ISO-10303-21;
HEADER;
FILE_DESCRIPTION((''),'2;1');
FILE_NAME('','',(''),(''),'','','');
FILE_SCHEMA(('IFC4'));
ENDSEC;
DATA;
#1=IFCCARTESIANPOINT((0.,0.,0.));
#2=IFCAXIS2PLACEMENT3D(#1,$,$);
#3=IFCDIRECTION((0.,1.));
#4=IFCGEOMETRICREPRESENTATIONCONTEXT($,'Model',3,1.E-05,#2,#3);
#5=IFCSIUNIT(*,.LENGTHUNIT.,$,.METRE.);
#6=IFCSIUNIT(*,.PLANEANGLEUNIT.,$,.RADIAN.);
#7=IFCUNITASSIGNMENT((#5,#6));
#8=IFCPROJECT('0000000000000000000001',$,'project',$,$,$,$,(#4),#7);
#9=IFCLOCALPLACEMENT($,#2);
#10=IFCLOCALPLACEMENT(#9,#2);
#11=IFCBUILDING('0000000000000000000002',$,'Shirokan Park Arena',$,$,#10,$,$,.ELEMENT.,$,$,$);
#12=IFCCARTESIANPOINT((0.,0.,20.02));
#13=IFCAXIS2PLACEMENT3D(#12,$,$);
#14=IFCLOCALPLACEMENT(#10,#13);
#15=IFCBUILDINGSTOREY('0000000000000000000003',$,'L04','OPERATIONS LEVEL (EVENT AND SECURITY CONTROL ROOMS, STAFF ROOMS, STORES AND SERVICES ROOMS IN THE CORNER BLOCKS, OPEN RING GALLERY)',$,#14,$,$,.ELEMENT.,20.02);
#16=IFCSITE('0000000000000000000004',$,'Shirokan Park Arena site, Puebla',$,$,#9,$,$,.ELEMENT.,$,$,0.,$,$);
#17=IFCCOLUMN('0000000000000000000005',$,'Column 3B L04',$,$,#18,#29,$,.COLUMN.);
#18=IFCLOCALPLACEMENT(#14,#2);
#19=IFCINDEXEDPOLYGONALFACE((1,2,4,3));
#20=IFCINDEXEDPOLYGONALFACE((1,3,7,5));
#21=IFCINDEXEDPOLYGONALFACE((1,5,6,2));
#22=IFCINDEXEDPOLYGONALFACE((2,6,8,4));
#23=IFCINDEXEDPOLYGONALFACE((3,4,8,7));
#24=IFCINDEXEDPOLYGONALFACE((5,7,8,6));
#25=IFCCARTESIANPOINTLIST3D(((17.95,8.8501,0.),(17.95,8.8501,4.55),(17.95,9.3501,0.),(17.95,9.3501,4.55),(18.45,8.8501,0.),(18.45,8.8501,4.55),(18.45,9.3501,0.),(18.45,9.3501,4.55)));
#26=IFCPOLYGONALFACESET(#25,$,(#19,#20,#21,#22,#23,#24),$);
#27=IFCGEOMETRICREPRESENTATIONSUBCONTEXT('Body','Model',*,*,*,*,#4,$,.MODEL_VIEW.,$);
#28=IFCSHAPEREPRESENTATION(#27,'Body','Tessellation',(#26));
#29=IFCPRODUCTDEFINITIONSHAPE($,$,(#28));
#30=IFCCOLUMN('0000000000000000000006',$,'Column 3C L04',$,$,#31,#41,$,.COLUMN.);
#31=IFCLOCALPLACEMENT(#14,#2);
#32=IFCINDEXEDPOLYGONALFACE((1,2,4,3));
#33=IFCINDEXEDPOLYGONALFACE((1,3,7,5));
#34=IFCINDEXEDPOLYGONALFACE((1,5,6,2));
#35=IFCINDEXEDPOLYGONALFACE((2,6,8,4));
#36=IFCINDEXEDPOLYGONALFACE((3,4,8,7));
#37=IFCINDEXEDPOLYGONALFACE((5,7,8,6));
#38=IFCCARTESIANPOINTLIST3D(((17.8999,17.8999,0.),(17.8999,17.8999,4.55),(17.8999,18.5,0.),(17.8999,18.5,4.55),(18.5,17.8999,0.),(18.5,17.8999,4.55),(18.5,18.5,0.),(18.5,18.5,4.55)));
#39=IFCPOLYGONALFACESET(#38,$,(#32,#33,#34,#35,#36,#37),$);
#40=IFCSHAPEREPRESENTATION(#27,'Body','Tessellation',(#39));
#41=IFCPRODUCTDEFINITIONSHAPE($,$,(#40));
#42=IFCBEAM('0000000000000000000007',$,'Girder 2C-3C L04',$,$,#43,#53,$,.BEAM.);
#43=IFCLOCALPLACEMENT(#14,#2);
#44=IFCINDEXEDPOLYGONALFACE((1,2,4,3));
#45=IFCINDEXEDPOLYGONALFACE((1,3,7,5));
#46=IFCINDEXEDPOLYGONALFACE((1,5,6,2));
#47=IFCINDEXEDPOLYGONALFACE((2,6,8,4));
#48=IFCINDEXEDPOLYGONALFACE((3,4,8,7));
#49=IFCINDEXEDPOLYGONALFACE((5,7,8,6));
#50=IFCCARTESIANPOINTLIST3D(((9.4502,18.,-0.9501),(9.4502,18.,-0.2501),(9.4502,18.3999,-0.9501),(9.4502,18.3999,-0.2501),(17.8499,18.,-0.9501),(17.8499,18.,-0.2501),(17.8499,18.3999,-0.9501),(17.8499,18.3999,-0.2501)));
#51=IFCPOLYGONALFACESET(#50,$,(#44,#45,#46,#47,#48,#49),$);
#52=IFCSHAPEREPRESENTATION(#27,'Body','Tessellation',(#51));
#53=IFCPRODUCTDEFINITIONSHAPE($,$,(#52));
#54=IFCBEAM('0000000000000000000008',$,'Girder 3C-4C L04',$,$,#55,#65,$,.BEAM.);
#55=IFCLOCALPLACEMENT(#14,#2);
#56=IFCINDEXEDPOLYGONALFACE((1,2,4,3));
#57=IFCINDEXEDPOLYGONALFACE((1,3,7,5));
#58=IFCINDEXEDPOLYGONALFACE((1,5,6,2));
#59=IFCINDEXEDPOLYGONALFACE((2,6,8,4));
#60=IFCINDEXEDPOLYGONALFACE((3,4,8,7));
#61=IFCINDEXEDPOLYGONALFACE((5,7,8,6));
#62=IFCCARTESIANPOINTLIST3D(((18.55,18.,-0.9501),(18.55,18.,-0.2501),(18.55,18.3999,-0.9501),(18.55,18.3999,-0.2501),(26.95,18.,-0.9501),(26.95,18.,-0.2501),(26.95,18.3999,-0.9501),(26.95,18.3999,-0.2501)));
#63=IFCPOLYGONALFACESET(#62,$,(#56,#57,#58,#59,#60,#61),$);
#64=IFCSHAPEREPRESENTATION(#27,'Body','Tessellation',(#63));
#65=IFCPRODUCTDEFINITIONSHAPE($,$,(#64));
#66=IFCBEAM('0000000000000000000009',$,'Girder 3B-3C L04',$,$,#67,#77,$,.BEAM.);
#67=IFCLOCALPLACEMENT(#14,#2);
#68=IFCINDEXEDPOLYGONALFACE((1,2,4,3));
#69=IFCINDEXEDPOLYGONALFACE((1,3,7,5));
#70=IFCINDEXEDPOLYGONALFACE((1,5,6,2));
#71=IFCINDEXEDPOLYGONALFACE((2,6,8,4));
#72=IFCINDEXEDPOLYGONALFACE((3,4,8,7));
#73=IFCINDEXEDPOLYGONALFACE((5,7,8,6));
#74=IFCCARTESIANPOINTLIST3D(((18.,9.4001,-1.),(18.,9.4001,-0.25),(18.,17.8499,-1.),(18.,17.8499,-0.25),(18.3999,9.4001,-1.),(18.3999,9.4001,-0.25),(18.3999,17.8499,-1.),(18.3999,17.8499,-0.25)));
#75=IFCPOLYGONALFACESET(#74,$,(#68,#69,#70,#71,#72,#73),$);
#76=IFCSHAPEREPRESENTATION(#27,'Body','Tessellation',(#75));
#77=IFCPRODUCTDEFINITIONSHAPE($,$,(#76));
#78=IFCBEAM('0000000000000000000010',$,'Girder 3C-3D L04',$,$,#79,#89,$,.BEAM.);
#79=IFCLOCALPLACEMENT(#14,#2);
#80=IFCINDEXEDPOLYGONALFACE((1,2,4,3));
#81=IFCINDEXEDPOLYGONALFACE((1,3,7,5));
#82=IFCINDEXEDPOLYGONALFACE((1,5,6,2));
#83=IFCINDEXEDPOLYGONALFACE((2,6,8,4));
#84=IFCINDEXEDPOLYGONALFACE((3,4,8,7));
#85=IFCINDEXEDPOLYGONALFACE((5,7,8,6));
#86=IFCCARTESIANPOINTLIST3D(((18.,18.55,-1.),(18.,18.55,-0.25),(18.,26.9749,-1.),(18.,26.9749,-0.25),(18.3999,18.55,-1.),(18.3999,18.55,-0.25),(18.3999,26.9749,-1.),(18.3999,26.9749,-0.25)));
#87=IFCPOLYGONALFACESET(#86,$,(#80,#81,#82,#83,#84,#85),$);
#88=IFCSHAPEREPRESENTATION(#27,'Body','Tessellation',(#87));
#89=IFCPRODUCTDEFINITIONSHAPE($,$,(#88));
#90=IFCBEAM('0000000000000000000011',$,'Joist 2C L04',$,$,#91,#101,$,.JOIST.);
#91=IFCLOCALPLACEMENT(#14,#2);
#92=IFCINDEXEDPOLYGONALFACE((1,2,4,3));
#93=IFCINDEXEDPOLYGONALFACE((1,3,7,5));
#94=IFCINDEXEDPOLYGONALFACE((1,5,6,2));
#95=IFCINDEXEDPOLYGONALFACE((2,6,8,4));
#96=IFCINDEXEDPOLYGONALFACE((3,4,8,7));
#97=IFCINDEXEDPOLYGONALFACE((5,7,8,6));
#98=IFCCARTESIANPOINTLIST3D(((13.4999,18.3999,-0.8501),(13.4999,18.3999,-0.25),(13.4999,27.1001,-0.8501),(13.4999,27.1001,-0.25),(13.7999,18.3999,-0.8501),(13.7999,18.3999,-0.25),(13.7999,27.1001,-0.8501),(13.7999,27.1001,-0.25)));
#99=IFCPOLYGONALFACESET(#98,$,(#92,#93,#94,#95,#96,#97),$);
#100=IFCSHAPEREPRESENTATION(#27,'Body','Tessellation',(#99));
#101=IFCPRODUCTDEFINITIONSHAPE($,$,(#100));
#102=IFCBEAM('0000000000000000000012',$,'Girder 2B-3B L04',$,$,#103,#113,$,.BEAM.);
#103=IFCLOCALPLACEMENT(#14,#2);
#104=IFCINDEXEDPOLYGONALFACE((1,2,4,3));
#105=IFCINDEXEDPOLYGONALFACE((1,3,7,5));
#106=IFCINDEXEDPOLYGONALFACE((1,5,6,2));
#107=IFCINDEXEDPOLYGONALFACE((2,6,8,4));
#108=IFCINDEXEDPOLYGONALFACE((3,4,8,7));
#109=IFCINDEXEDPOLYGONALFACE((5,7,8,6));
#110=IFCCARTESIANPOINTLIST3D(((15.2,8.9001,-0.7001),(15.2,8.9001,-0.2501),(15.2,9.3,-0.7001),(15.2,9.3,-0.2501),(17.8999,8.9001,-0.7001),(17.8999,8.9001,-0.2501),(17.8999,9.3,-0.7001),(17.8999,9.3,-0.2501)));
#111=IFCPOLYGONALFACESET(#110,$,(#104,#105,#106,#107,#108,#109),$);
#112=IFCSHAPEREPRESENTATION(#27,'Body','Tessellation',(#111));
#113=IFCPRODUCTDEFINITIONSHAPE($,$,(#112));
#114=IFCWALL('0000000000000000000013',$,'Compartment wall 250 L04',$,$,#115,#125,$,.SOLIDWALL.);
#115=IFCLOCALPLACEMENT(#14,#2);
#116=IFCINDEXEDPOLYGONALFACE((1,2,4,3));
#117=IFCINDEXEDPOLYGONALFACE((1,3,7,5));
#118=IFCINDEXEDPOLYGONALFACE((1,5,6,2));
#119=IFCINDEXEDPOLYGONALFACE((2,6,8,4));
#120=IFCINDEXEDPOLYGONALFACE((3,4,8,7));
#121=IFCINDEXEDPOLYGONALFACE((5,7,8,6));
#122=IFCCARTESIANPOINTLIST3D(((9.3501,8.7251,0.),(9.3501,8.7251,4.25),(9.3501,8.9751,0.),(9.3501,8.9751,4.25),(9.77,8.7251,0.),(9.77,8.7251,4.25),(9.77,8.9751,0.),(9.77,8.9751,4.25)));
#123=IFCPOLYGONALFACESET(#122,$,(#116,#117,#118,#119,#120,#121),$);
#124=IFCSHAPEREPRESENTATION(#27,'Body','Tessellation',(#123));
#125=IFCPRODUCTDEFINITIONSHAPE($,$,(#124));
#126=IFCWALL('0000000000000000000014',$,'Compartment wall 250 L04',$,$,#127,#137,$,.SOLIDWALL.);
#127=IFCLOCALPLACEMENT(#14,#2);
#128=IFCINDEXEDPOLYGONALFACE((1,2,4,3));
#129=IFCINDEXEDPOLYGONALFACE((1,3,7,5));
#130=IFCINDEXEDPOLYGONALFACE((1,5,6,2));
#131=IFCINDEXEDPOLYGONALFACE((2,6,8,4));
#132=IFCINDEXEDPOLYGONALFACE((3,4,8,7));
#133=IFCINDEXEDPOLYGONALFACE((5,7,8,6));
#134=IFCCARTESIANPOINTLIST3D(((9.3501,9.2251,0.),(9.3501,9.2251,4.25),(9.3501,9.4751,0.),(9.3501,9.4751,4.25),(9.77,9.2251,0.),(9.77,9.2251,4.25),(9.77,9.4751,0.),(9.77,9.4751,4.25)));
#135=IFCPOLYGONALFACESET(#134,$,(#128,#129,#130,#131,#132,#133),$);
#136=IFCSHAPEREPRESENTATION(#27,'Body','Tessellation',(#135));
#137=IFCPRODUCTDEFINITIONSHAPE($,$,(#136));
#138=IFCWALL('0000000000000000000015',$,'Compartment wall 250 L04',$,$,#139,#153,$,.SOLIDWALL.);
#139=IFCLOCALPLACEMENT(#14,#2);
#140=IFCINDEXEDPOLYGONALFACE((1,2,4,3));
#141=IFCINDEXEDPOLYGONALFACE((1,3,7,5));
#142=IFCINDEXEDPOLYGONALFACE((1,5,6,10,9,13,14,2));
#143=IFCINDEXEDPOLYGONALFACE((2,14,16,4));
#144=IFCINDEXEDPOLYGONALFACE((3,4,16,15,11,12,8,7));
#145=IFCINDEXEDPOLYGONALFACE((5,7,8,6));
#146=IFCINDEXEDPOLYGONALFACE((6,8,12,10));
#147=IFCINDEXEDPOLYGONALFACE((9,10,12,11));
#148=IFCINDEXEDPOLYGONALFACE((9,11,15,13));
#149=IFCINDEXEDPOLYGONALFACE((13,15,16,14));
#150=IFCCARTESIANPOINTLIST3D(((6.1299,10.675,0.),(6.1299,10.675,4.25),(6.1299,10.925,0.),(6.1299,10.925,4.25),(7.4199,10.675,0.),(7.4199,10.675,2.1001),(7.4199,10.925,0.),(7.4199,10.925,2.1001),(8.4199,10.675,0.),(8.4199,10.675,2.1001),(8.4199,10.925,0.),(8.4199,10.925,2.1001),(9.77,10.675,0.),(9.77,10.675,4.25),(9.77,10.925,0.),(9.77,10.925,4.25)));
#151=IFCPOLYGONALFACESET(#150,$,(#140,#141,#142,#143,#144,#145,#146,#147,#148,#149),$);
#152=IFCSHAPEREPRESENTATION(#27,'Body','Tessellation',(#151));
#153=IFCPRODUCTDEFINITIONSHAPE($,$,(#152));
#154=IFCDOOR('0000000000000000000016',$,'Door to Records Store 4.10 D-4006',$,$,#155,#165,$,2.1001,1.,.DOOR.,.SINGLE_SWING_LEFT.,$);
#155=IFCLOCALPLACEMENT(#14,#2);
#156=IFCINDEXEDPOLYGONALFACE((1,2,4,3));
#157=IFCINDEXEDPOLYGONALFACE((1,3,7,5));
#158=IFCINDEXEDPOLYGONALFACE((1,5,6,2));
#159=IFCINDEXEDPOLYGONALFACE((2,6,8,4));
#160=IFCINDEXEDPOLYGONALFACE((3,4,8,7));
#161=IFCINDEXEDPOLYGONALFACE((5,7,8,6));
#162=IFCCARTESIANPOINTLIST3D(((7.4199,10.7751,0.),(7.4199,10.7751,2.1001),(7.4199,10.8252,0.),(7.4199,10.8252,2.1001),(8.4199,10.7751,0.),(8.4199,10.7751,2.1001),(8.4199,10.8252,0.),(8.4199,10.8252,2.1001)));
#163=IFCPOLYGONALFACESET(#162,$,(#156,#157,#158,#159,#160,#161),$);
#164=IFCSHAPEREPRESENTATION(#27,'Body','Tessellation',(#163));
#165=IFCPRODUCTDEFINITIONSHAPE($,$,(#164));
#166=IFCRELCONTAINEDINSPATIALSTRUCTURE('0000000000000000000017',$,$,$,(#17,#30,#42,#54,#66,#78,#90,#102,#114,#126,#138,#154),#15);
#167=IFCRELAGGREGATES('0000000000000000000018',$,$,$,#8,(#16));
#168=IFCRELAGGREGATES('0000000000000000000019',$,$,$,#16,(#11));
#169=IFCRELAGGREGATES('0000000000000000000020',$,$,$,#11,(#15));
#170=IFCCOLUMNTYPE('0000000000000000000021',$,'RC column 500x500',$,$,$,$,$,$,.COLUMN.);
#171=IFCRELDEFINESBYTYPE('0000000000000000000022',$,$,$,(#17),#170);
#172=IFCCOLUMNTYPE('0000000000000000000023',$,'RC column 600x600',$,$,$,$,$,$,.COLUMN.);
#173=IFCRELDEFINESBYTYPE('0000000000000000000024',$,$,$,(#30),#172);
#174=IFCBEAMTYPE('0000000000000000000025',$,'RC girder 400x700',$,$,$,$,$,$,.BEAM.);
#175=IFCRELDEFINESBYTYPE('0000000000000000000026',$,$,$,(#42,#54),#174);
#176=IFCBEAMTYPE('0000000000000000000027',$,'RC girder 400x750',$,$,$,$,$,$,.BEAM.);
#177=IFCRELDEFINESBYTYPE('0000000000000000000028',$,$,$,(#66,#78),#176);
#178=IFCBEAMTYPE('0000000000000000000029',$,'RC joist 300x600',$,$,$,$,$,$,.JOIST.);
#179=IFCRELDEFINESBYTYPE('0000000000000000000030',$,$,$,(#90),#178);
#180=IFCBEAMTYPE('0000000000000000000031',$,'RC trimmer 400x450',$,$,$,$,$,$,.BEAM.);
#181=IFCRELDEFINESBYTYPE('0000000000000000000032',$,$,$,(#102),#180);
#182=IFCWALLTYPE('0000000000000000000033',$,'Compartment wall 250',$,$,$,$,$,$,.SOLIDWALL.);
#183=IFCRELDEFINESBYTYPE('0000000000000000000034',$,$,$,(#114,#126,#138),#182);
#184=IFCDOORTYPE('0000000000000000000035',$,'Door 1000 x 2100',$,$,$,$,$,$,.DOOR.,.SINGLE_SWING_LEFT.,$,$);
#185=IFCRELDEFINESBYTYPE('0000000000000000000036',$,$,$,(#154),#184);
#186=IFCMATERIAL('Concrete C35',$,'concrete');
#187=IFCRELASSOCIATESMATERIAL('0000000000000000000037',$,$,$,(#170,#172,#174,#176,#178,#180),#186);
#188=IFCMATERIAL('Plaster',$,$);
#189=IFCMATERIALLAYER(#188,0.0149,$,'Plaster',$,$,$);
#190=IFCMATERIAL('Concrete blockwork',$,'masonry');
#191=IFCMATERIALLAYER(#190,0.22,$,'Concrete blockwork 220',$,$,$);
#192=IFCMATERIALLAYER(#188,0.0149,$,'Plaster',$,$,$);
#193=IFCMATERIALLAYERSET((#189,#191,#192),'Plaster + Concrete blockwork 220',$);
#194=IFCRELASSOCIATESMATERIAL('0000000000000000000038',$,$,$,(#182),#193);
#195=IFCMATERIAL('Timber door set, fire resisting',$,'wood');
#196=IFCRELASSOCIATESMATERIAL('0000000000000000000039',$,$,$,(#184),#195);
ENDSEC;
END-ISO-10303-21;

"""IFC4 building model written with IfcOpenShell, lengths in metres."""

from ifc_helpers import new_model, si_unit, direction, frame, frame_2d, origin, origin_2d, place, context, subcontext, project, spatial, rectangle, extrude, material, layer, layer_set, material_profile, profile_set, type_object, element, fill, save


model = new_model("IFC4")

# Units and contexts
model_context = context("Model", 3, precision=1e-05, world=origin(), true_north=direction((0.0, 1.0)))
body_context = subcontext(model_context, "Body", "Model", "MODEL_VIEW")
ifc_project = project(units=[si_unit("LENGTHUNIT", "METRE"), si_unit("PLANEANGLEUNIT", "RADIAN")], contexts=[model_context])

# Site, building, storey
site_placement = place(None, origin())
site = spatial("IfcSite", under=ifc_project, at=site_placement, Name="Shirokan Park Arena site, Puebla", CompositionType="ELEMENT", RefElevation=0.0)
building_placement = place(site_placement, origin())
building = spatial("IfcBuilding", under=site, at=building_placement, Name="Shirokan Park Arena", CompositionType="ELEMENT")
storey_placement = place(building_placement, frame((0.0, 0.0, 20.02)))
storey = spatial("IfcBuildingStorey", under=building, at=storey_placement, Name="L04", Description="OPERATIONS LEVEL (EVENT AND SECURITY CONTROL ROOMS, STAFF ROOMS, STORES AND SERVICES ROOMS IN THE CORNER BLOCKS, OPEN RING GALLERY)", CompositionType="ELEMENT", Elevation=20.02)

# Columns
ifc_material_1 = material(Name="Concrete C35", Category="concrete")
ifc_material_profile_1 = material_profile(ifc_material_1, rectangle(XDim=0.5, YDim=0.5, at=origin_2d()), Name="500x500")
ifc_profile_set_1 = profile_set([ifc_material_profile_1], Name="Concrete C35")
column_type_1 = type_object("IfcColumnType", Name="RC column 500x500", PredefinedType="COLUMN", material=ifc_profile_set_1)
column_1_placement = place(storey_placement, frame((18.2, 9.1001, 0.0), z_axis=(0.0, 0.0, 1.0), x_axis=(1.0, 0.0, 0.0)))
element("IfcColumn", 1, at=column_1_placement, inside=storey, type_object=column_type_1, Name="Column 3B L04", PredefinedType="COLUMN", context=body_context, shape_type="SweptSolid", body=[
    extrude(rectangle(XDim=0.5, YDim=0.5, at=origin_2d()), origin(), (0.0, 0.0, 1.0), 4.55),
])
ifc_material_profile_2 = material_profile(ifc_material_1, rectangle(XDim=0.6001, YDim=0.6001, at=origin_2d()), Name="600x600")
ifc_profile_set_2 = profile_set([ifc_material_profile_2], Name="Concrete C35")
column_type_2 = type_object("IfcColumnType", Name="RC column 600x600", PredefinedType="COLUMN", material=ifc_profile_set_2)
column_2_placement = place(storey_placement, frame((18.2, 18.2, 0.0), z_axis=(0.0, 0.0, 1.0), x_axis=(1.0, 0.0, 0.0)))
element("IfcColumn", 2, at=column_2_placement, inside=storey, type_object=column_type_2, Name="Column 3C L04", PredefinedType="COLUMN", context=body_context, shape_type="SweptSolid", body=[
    extrude(rectangle(XDim=0.6001, YDim=0.6001, at=origin_2d()), origin(), (0.0, 0.0, 1.0), 4.55),
])

# Beams
ifc_material_profile_3 = material_profile(ifc_material_1, rectangle(XDim=0.3999, YDim=0.7, at=origin_2d()), Name="400x700")
ifc_profile_set_3 = profile_set([ifc_material_profile_3], Name="Concrete C35")
beam_type_1 = type_object("IfcBeamType", Name="RC girder 400x700", PredefinedType="BEAM", material=ifc_profile_set_3)
beam_1_placement = place(storey_placement, frame((9.4502, 18.2, -0.6001), z_axis=(1.0, 0.0, 0.0), x_axis=(0.0, 1.0, 0.0)))
element("IfcBeam", 3, at=beam_1_placement, inside=storey, type_object=beam_type_1, Name="Girder 2C-3C L04", PredefinedType="BEAM", context=body_context, shape_type="SweptSolid", body=[
    extrude(rectangle(XDim=0.3999, YDim=0.7, at=origin_2d()), origin(), (0.0, 0.0, 1.0), 8.3997),
])
beam_2_placement = place(storey_placement, frame((18.55, 18.2, -0.6001), z_axis=(1.0, 0.0, 0.0), x_axis=(0.0, 1.0, 0.0)))
element("IfcBeam", 4, at=beam_2_placement, inside=storey, type_object=beam_type_1, Name="Girder 3C-4C L04", PredefinedType="BEAM", context=body_context, shape_type="SweptSolid", body=[
    extrude(rectangle(XDim=0.3999, YDim=0.7, at=origin_2d()), origin(), (0.0, 0.0, 1.0), 8.3999),
])
ifc_material_profile_4 = material_profile(ifc_material_1, rectangle(XDim=0.3999, YDim=0.75, at=origin_2d()), Name="400x750")
ifc_profile_set_4 = profile_set([ifc_material_profile_4], Name="Concrete C35")
beam_type_2 = type_object("IfcBeamType", Name="RC girder 400x750", PredefinedType="BEAM", material=ifc_profile_set_4)
beam_3_placement = place(storey_placement, frame((18.2, 9.4001, -0.625), z_axis=(0.0, 1.0, 0.0), x_axis=(-1.0, 0.0, 0.0)))
element("IfcBeam", 5, at=beam_3_placement, inside=storey, type_object=beam_type_2, Name="Girder 3B-3C L04", PredefinedType="BEAM", context=body_context, shape_type="SweptSolid", body=[
    extrude(rectangle(XDim=0.3999, YDim=0.75, at=origin_2d()), origin(), (0.0, 0.0, 1.0), 8.4497),
])
beam_4_placement = place(storey_placement, frame((18.2, 18.55, -0.625), z_axis=(0.0, 1.0, 0.0), x_axis=(-1.0, 0.0, 0.0)))
element("IfcBeam", 6, at=beam_4_placement, inside=storey, type_object=beam_type_2, Name="Girder 3C-3D L04", PredefinedType="BEAM", context=body_context, shape_type="SweptSolid", body=[
    extrude(rectangle(XDim=0.3999, YDim=0.75, at=origin_2d()), origin(), (0.0, 0.0, 1.0), 8.4248),
])
ifc_material_profile_5 = material_profile(ifc_material_1, rectangle(XDim=0.3, YDim=0.6001, at=origin_2d()), Name="300x600")
ifc_profile_set_5 = profile_set([ifc_material_profile_5], Name="Concrete C35")
beam_type_3 = type_object("IfcBeamType", Name="RC joist 300x600", PredefinedType="JOIST", material=ifc_profile_set_5)
beam_5_placement = place(storey_placement, frame((13.6499, 18.3999, -0.55), z_axis=(0.0, 1.0, 0.0), x_axis=(-1.0, 0.0, 0.0)))
element("IfcBeam", 7, at=beam_5_placement, inside=storey, type_object=beam_type_3, Name="Joist 2C L04", PredefinedType="JOIST", context=body_context, shape_type="SweptSolid", body=[
    extrude(rectangle(XDim=0.3, YDim=0.6001, at=origin_2d()), origin(), (0.0, 0.0, 1.0), 8.7002),
])
ifc_material_profile_6 = material_profile(ifc_material_1, rectangle(XDim=0.3999, YDim=0.45, at=origin_2d()), Name="400x450")
ifc_profile_set_6 = profile_set([ifc_material_profile_6], Name="Concrete C35")
beam_type_4 = type_object("IfcBeamType", Name="RC trimmer 400x450", PredefinedType="BEAM", material=ifc_profile_set_6)
beam_6_placement = place(storey_placement, frame((15.2, 9.1001, -0.4751), z_axis=(1.0, 0.0, 0.0), x_axis=(0.0, 1.0, 0.0)))
element("IfcBeam", 8, at=beam_6_placement, inside=storey, type_object=beam_type_4, Name="Girder 2B-3B L04", PredefinedType="BEAM", context=body_context, shape_type="SweptSolid", body=[
    extrude(rectangle(XDim=0.3999, YDim=0.45, at=origin_2d()), origin(), (0.0, 0.0, 1.0), 2.7),
])

# Walls
ifc_material_2 = material(Name="Plaster")
ifc_layer_1 = layer(ifc_material_2, 0.0149, Name="Plaster")
ifc_material_3 = material(Name="Concrete blockwork", Category="masonry")
ifc_layer_2 = layer(ifc_material_3, 0.22, Name="Concrete blockwork 220")
ifc_layer_3 = layer(ifc_material_2, 0.0149, Name="Plaster")
ifc_layer_set_1 = layer_set([ifc_layer_1, ifc_layer_2, ifc_layer_3], Name="Plaster + Concrete blockwork 220")
wall_type_1 = type_object("IfcWallType", Name="Compartment wall 250", PredefinedType="SOLIDWALL", material=ifc_layer_set_1)
for number, where, z_axis, x_axis, name in (
    (9, (9.3501, 8.8501, 0.0), (0.0, 0.0, 1.0), (1.0, 0.0, 0.0), "Compartment wall 250 L04"),
    (10, (9.77, 9.3501, 0.0), (0.0, 0.0, 1.0), (-1.0, 0.0, 0.0), "Compartment wall 250 L04"),
):
    element("IfcWall", number, at=place(storey_placement, frame(where, z_axis=z_axis, x_axis=x_axis)), inside=storey, type_object=wall_type_1, Name=name, PredefinedType="SOLIDWALL", context=body_context, shape_type="SweptSolid", body=[
        extrude(rectangle(XDim=0.4199, YDim=0.25, at=frame_2d((0.21, 0.0))), origin(), (0.0, 0.0, 1.0), 4.25),
    ])

# Wall, opening, door
wall_1_placement = place(storey_placement, frame((9.77, 10.8, 0.0), z_axis=(0.0, 0.0, 1.0), x_axis=(-1.0, 0.0, 0.0)))
wall_1 = element("IfcWall", 11, at=wall_1_placement, inside=storey, type_object=wall_type_1, Name="Compartment wall 250 L04", PredefinedType="SOLIDWALL", context=body_context, shape_type="SweptSolid", body=[
    extrude(rectangle(XDim=3.6401, YDim=0.25, at=frame_2d((1.8201, 0.0))), origin(), (0.0, 0.0, 1.0), 4.25),
])
opening_1_placement = place(wall_1_placement, frame((1.3501, 0.0, 0.0)))
opening_1 = element("IfcOpeningElement", 12, at=opening_1_placement, cuts=wall_1, PredefinedType="OPENING", context=body_context, shape_type="SweptSolid", body=[
    extrude(rectangle(XDim=1.0, YDim=2.1001, at=frame_2d((0.5, 1.05))), frame((0.0, 0.135, 0.0), z_axis=(0.0, -1.0, 0.0), x_axis=(1.0, 0.0, 0.0)), (0.0, 0.0, 1.0), 0.27),
])
ifc_material_4 = material(Name="Timber door set, fire resisting", Category="wood")
door_type_1 = type_object("IfcDoorType", Name="Door 1000 x 2100", OperationType="SINGLE_SWING_LEFT", PredefinedType="DOOR", material=ifc_material_4)
door_1_placement = place(opening_1_placement, origin())
door_1 = element("IfcDoor", 13, at=door_1_placement, inside=storey, type_object=door_type_1, Name="Door to Records Store 4.10 D-4006", OperationType="SINGLE_SWING_LEFT", OverallHeight=2.1001, OverallWidth=1.0, PredefinedType="DOOR", context=body_context, shape_type="SweptSolid", body=[
    extrude(rectangle(XDim=1.0, YDim=2.1001, at=frame_2d((0.5, 1.05))), frame((0.0, 0.0249, 0.0), z_axis=(0.0, -1.0, 0.0), x_axis=(1.0, 0.0, 0.0)), (0.0, 0.0, 1.0), 0.05),
])
fill(opening_1, door_1)

save(model, "model.ifc")
